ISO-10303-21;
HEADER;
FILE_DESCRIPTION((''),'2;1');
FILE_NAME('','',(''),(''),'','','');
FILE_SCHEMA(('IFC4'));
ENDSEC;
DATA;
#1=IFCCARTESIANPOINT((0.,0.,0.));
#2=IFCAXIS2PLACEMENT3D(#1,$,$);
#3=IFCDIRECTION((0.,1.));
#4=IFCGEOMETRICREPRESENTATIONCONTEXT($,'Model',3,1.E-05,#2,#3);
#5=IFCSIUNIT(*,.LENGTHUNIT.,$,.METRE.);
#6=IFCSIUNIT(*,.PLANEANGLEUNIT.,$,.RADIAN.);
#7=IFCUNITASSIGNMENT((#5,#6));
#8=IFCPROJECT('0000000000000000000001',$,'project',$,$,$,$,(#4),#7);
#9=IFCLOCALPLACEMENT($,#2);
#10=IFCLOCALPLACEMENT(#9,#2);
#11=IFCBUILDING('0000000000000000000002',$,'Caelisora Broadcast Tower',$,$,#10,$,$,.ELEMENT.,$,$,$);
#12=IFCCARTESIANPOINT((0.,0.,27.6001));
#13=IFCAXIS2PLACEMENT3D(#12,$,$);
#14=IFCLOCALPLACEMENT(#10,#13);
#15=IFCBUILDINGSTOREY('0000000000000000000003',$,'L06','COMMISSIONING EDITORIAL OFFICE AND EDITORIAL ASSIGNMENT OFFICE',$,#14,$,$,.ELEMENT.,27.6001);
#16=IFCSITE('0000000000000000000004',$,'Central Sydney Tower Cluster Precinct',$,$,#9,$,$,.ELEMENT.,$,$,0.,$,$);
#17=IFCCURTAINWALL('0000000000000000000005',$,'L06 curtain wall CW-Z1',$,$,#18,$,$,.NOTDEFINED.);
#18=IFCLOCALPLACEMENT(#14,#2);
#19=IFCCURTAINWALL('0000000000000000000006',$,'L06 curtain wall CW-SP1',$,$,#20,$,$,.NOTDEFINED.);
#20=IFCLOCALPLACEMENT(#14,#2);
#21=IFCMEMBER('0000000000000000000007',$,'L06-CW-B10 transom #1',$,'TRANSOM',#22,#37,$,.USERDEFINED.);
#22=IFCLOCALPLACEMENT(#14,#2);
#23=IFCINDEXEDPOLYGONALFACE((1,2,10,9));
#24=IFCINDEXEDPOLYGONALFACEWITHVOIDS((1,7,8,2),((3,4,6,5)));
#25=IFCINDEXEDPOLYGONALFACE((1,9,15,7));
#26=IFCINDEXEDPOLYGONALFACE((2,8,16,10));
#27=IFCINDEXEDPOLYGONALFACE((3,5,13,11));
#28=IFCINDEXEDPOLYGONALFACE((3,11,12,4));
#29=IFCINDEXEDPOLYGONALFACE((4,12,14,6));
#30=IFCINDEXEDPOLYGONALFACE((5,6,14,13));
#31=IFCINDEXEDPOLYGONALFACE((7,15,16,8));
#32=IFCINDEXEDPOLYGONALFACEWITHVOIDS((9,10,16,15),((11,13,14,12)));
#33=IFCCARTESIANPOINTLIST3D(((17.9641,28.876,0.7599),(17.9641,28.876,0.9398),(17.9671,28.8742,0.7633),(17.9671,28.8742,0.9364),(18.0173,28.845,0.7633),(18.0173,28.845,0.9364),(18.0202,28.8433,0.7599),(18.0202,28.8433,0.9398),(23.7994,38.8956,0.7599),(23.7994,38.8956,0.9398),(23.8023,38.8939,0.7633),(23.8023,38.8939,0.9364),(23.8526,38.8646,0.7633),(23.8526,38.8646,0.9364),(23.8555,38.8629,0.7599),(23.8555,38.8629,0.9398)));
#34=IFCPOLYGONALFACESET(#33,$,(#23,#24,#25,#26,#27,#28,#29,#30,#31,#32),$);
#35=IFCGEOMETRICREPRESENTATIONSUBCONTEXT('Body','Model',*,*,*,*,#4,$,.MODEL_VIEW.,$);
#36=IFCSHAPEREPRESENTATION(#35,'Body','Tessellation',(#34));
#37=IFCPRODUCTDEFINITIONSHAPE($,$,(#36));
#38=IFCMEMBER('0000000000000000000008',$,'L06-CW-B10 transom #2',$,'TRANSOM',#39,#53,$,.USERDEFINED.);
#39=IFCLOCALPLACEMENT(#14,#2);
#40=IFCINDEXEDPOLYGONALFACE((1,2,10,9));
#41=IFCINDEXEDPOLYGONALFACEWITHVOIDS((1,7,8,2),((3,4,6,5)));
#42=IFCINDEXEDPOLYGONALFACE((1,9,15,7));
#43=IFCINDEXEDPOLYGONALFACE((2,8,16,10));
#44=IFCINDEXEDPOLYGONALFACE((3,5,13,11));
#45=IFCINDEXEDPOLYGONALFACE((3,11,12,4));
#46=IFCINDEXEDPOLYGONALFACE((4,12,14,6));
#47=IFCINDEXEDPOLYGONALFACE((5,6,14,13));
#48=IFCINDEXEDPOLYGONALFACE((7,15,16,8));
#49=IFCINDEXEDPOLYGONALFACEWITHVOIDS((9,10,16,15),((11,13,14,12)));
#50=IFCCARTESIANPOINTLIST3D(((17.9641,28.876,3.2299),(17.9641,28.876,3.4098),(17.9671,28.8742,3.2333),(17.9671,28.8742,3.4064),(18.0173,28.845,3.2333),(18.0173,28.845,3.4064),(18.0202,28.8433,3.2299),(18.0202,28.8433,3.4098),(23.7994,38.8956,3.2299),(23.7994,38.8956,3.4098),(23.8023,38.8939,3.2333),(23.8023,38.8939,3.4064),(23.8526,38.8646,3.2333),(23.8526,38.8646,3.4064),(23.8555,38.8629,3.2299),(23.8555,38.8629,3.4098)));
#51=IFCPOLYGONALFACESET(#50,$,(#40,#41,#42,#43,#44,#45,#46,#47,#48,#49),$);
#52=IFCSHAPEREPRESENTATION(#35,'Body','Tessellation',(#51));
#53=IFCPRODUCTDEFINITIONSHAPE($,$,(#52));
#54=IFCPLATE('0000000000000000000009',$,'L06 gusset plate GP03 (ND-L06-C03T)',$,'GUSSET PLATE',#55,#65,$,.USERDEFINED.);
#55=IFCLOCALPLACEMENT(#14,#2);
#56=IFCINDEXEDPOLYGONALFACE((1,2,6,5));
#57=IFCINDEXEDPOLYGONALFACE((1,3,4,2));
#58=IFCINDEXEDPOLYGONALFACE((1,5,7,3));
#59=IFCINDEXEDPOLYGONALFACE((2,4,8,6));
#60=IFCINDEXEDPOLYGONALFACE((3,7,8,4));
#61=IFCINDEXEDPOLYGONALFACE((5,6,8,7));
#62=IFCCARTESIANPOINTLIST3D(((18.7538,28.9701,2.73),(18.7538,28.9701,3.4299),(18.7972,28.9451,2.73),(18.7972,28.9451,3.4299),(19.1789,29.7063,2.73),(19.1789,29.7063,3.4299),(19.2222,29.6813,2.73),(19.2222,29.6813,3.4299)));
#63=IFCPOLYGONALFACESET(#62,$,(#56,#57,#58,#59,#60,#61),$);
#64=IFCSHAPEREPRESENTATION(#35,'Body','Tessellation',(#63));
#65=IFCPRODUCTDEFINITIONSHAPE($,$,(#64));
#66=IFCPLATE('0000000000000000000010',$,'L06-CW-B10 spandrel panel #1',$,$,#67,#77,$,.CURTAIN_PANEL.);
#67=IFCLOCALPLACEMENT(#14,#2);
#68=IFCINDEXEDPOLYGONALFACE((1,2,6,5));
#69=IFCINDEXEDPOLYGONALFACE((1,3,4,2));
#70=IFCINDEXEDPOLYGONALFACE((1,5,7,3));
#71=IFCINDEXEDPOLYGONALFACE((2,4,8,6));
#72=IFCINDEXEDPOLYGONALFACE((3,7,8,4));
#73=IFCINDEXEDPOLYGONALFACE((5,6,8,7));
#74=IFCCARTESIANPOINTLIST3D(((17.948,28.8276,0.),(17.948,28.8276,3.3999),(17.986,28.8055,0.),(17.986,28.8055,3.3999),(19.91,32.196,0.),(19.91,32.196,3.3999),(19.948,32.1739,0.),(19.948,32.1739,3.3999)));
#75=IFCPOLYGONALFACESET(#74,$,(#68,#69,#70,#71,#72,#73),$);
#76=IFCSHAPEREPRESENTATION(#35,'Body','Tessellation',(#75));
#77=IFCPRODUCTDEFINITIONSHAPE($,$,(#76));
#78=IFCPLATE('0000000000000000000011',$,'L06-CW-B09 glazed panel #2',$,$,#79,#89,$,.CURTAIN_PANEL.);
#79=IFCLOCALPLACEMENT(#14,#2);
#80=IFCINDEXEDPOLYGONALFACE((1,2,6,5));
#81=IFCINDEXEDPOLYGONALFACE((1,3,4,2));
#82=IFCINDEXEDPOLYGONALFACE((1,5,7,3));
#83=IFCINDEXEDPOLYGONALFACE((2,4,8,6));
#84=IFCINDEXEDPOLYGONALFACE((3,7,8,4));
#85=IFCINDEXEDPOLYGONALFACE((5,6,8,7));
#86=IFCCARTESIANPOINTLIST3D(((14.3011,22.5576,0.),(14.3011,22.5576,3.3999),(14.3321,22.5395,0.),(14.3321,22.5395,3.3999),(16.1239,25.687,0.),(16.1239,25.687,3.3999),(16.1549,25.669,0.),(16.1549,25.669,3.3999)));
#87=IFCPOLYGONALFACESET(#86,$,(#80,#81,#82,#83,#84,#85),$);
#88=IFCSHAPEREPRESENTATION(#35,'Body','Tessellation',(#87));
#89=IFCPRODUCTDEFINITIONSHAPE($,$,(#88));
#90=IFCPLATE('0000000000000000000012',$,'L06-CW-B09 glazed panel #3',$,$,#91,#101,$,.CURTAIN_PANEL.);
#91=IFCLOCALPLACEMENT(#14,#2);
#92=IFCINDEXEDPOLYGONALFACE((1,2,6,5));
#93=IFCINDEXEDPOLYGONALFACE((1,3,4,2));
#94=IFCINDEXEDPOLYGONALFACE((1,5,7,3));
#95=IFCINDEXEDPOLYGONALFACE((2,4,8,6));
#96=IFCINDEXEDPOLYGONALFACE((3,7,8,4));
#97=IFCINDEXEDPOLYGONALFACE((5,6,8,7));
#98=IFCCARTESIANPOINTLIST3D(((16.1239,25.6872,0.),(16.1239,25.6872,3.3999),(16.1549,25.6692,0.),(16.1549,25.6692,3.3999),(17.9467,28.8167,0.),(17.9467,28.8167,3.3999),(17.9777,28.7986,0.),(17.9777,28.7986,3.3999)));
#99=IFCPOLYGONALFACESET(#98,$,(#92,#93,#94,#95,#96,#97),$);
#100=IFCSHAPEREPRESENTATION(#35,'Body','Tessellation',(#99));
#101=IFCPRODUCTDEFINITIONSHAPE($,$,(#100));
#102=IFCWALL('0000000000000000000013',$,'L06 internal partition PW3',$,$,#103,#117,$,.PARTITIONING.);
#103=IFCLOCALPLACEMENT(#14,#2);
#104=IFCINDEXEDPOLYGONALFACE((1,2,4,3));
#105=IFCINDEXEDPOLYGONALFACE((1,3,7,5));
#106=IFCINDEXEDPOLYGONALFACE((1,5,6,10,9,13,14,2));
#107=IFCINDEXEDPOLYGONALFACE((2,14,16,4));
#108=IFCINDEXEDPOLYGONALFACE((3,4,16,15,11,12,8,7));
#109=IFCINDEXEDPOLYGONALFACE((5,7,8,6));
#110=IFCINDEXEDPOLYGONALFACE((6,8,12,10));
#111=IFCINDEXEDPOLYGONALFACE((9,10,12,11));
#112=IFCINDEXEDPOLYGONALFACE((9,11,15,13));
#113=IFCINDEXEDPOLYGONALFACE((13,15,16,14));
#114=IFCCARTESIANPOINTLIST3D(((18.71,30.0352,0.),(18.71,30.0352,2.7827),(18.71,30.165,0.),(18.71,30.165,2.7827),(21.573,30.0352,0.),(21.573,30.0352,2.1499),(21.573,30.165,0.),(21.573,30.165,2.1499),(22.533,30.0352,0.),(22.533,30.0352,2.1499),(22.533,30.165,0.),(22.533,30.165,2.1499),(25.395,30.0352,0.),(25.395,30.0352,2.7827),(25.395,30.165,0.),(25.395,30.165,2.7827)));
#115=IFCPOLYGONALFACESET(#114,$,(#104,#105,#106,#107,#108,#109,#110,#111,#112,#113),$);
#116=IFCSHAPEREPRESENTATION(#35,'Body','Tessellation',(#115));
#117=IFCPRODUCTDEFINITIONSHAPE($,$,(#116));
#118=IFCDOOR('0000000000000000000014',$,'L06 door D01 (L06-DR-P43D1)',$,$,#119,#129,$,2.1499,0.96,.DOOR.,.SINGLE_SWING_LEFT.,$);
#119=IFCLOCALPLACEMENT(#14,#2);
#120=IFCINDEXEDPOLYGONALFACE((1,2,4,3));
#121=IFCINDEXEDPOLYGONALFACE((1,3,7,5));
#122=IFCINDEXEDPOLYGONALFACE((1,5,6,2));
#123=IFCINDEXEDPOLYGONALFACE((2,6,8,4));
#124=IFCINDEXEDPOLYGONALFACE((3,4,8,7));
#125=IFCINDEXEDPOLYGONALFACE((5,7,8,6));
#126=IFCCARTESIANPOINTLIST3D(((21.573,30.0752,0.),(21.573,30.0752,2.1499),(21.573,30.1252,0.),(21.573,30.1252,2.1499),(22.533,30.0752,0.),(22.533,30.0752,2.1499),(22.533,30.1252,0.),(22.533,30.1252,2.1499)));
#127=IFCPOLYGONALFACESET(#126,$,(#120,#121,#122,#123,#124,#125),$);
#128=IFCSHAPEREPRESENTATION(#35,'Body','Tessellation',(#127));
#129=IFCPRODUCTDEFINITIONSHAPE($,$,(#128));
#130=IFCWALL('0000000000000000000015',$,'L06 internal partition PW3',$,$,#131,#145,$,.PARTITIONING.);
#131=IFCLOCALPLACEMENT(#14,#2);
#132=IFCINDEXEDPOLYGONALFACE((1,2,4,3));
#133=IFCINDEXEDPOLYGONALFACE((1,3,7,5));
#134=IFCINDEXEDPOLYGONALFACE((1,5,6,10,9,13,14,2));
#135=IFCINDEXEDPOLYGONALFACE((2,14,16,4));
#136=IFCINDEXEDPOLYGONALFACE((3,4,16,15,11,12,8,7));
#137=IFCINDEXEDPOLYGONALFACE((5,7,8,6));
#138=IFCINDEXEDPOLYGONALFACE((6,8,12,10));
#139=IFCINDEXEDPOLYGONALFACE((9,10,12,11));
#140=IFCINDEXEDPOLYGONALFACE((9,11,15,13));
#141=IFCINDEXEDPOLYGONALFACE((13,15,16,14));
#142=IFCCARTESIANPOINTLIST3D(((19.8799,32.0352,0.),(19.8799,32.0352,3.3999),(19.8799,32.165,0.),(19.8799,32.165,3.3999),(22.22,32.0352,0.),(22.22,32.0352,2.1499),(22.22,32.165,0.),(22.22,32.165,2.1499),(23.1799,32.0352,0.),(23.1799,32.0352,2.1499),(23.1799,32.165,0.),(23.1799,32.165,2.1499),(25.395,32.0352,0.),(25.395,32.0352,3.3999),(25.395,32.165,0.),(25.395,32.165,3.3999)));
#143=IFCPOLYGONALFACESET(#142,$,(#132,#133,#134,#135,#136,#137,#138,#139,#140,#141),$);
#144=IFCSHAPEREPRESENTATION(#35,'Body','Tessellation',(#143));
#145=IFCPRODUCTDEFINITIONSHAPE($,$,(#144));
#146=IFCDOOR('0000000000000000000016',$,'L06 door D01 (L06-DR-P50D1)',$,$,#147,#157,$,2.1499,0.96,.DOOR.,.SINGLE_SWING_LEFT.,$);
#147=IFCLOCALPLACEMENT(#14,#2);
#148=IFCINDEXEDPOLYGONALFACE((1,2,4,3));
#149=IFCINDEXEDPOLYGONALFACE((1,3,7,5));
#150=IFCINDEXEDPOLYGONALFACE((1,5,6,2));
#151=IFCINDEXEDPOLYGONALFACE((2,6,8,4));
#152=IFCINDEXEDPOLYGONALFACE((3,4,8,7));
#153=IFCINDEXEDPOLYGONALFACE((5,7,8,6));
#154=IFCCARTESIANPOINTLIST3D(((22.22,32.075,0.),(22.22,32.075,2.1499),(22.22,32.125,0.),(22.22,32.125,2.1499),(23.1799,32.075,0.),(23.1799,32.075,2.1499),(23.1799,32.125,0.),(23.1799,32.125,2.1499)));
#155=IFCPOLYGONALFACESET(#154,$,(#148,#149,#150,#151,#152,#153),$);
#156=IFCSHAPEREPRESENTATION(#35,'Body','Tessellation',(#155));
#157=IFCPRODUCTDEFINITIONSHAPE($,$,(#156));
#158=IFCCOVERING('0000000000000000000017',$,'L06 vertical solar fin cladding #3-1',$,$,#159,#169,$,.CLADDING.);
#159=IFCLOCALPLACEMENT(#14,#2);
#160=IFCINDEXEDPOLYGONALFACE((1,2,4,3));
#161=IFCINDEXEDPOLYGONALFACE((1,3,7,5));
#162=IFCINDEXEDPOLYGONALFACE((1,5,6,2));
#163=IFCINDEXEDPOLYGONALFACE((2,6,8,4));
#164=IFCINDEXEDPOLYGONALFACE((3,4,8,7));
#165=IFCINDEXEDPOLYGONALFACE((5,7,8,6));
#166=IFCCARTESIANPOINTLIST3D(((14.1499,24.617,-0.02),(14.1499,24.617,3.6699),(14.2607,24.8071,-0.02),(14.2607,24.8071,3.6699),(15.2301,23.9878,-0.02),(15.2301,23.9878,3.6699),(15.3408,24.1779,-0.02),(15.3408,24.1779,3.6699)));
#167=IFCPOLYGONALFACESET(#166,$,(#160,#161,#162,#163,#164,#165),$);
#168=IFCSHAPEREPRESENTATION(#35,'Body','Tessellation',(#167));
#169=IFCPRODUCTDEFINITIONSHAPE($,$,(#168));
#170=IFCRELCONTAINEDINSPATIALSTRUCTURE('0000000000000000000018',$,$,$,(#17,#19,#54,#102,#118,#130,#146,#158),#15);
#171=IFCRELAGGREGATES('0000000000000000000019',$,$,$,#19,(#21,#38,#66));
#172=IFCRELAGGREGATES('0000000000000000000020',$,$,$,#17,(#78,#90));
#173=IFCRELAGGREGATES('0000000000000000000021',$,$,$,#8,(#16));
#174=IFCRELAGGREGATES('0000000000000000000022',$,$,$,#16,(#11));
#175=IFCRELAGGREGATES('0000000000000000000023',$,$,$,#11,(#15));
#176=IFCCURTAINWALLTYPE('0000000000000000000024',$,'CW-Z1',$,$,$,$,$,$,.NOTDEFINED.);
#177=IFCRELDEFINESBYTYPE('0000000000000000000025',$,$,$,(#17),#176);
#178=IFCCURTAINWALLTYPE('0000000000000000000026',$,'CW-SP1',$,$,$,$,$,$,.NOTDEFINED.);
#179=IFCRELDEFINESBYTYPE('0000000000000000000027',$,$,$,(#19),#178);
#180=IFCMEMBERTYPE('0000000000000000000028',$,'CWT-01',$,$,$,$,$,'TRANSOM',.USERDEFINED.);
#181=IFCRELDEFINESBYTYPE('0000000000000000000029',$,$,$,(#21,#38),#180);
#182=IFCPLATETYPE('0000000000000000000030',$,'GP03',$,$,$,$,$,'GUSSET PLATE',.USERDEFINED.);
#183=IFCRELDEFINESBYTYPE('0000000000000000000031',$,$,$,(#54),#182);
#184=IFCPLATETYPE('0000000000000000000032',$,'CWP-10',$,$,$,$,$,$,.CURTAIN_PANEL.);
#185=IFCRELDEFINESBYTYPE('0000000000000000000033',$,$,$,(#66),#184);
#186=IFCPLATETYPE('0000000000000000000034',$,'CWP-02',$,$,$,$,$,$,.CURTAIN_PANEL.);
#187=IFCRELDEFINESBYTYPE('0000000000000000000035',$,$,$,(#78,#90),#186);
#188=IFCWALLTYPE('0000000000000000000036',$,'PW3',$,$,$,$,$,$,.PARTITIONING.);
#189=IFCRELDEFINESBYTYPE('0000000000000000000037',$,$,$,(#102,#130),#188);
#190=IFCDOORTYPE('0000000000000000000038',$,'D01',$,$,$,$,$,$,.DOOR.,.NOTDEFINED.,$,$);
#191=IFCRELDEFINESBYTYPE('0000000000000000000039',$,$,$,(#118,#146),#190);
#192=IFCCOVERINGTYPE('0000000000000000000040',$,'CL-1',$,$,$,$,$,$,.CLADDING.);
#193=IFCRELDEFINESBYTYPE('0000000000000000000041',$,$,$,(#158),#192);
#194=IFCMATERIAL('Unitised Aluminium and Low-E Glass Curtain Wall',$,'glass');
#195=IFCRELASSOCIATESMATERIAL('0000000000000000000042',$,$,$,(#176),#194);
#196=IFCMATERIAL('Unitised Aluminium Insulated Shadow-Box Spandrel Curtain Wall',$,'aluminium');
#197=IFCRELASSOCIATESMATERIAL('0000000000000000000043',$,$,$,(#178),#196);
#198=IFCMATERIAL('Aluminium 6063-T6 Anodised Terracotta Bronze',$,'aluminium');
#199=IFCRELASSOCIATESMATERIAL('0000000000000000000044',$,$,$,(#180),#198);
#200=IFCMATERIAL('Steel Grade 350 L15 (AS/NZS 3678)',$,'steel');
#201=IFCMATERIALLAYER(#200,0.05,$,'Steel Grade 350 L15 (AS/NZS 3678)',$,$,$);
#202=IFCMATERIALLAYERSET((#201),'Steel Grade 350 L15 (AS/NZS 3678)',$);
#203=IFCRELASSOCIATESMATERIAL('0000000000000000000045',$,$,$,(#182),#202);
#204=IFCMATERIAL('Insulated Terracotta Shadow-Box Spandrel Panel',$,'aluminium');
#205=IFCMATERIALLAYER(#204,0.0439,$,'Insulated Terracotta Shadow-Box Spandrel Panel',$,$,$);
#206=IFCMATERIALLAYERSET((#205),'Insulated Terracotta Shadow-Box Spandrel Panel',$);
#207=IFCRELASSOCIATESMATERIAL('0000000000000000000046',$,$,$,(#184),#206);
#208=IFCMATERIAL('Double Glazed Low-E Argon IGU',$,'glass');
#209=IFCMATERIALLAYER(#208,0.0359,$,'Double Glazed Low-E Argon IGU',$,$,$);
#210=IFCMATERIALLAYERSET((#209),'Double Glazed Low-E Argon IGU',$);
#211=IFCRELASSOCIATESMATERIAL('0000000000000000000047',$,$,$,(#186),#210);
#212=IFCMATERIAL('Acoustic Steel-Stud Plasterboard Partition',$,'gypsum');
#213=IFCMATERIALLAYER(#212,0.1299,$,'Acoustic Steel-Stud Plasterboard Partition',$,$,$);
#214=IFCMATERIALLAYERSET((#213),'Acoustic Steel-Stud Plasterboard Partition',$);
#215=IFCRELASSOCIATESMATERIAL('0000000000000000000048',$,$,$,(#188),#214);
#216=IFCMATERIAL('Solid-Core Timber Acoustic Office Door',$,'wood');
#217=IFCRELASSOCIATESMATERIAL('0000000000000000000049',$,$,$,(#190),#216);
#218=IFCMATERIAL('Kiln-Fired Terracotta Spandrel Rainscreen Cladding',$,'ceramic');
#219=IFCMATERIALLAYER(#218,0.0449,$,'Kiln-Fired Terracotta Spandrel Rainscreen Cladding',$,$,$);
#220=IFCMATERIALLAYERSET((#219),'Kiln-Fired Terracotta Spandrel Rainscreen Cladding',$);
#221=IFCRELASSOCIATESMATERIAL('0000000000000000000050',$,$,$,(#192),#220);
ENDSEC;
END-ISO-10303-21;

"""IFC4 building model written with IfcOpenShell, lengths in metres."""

from ifc_helpers import new_model, si_unit, direction, frame, frame_2d, origin, origin_2d, place, context, subcontext, project, spatial, rectangle, hollow_rectangle, extrude, source, transform, mapped, material, layer, layer_set, material_profile, profile_set, type_object, type_shapes, element, fill, aggregate, save


model = new_model("IFC4")

# Units and contexts
model_context = context("Model", 3, precision=1e-05, world=origin(), true_north=direction((0.0, 1.0)))
body_context = subcontext(model_context, "Body", "Model", "MODEL_VIEW")
ifc_project = project(units=[si_unit("LENGTHUNIT", "METRE"), si_unit("PLANEANGLEUNIT", "RADIAN")], contexts=[model_context])

# Site, building, storey
site_placement = place(None, origin())
site = spatial("IfcSite", under=ifc_project, at=site_placement, Name="Central Sydney Tower Cluster Precinct", CompositionType="ELEMENT", RefElevation=0.0)
building_placement = place(site_placement, origin())
building = spatial("IfcBuilding", under=site, at=building_placement, Name="Caelisora Broadcast Tower", CompositionType="ELEMENT")
storey_placement = place(building_placement, frame((0.0, 0.0, 27.6001)))
storey = spatial("IfcBuildingStorey", under=building, at=storey_placement, Name="L06", Description="COMMISSIONING EDITORIAL OFFICE AND EDITORIAL ASSIGNMENT OFFICE", CompositionType="ELEMENT", Elevation=27.6001)

# Shared definitions
ifc_material_1 = material(Name="Steel Grade 350 L15 (AS/NZS 3678)", Category="steel")

# Curtain walls, members
ifc_material_2 = material(Name="Unitised Aluminium and Low-E Glass Curtain Wall", Category="glass")
curtain_wall_type_1 = type_object("IfcCurtainWallType", Name="CW-Z1", PredefinedType="NOTDEFINED", material=ifc_material_2)
curtain_wall_1_placement = place(storey_placement, origin())
curtain_wall_1 = element("IfcCurtainWall", 1, at=curtain_wall_1_placement, inside=storey, type_object=curtain_wall_type_1, Name="L06 curtain wall CW-Z1", PredefinedType="NOTDEFINED")
ifc_material_3 = material(Name="Aluminium 6063-T6 Anodised Terracotta Bronze", Category="aluminium")
ifc_material_4 = material(Name="Unitised Aluminium Insulated Shadow-Box Spandrel Curtain Wall", Category="aluminium")
curtain_wall_type_2 = type_object("IfcCurtainWallType", Name="CW-SP1", PredefinedType="NOTDEFINED", material=ifc_material_4)
curtain_wall_2_placement = place(storey_placement, origin())
curtain_wall_2 = element("IfcCurtainWall", 2, at=curtain_wall_2_placement, inside=storey, type_object=curtain_wall_type_2, Name="L06 curtain wall CW-SP1", PredefinedType="NOTDEFINED")
ifc_material_profile_1 = material_profile(ifc_material_3, hollow_rectangle(XDim=0.0649, YDim=0.1799, WallThickness=0.0034, at=origin_2d()), Name="Aluminium 6063-T6 Anodised Terracotta Bronze")
ifc_profile_set_1 = profile_set([ifc_material_profile_1], Name="Aluminium 6063-T6 Anodised Terracotta Bronze")
member_type_1 = type_object("IfcMemberType", Name="CWT-01", ElementType="TRANSOM", PredefinedType="USERDEFINED", material=ifc_profile_set_1)
shared_shape_1 = source(origin(), body_context, "Body", "SweptSolid", [
    extrude(hollow_rectangle(XDim=0.0649, YDim=0.1799, WallThickness=0.0034, at=origin_2d()), origin(), (0.0, 0.0, 1.0), 11.595),
])
type_shapes(member_type_1, [shared_shape_1])
member_1_placement = place(storey_placement, frame((17.9922, 28.8596, 0.8499), z_axis=(0.503258, 0.864136, 0.0), x_axis=(-0.864136, 0.503258, 0.0)))
member_1 = element("IfcMember", 3, at=member_1_placement, type_object=member_type_1, Name="L06-CW-B10 transom #1", ObjectType="TRANSOM", PredefinedType="USERDEFINED", context=body_context, shape_type="MappedRepresentation", body=[
    mapped(shared_shape_1, transform((0.0, 0.0, 0.0), scale=1.0)),
])
member_2_placement = place(storey_placement, frame((17.9922, 28.8596, 3.3198), z_axis=(0.503258, 0.864136, 0.0), x_axis=(-0.864136, 0.503258, 0.0)))
member_2 = element("IfcMember", 4, at=member_2_placement, type_object=member_type_1, Name="L06-CW-B10 transom #2", ObjectType="TRANSOM", PredefinedType="USERDEFINED", context=body_context, shape_type="MappedRepresentation", body=[
    mapped(shared_shape_1, transform((0.0, 0.0, 0.0), scale=1.0)),
])

# Plates
ifc_layer_1 = layer(ifc_material_1, 0.05, Name="Steel Grade 350 L15 (AS/NZS 3678)")
ifc_layer_set_1 = layer_set([ifc_layer_1], Name="Steel Grade 350 L15 (AS/NZS 3678)")
plate_type_1 = type_object("IfcPlateType", Name="GP03", ElementType="GUSSET PLATE", PredefinedType="USERDEFINED", material=ifc_layer_set_1)
shared_shape_2 = source(origin(), body_context, "Body", "SweptSolid", [
    extrude(rectangle(XDim=0.8501, YDim=0.05, at=origin_2d()), origin(), (0.0, 0.0, 1.0), 0.7),
])
type_shapes(plate_type_1, [shared_shape_2])
plate_1_placement = place(storey_placement, frame((18.988, 29.3257, 2.73), z_axis=(0.0, 0.0, 1.0), x_axis=(-0.5, -0.866025, 0.0)))
element("IfcPlate", 5, at=plate_1_placement, inside=storey, type_object=plate_type_1, Name="L06 gusset plate GP03 (ND-L06-C03T)", ObjectType="GUSSET PLATE", PredefinedType="USERDEFINED", context=body_context, shape_type="MappedRepresentation", body=[
    mapped(shared_shape_2, transform((0.0, 0.0, 0.0), scale=1.0)),
])
ifc_material_5 = material(Name="Insulated Terracotta Shadow-Box Spandrel Panel", Category="aluminium")
ifc_layer_2 = layer(ifc_material_5, 0.0439, Name="Insulated Terracotta Shadow-Box Spandrel Panel")
ifc_layer_set_2 = layer_set([ifc_layer_2], Name="Insulated Terracotta Shadow-Box Spandrel Panel")
plate_type_2 = type_object("IfcPlateType", Name="CWP-10", PredefinedType="CURTAIN_PANEL", material=ifc_layer_set_2)
shared_shape_3 = source(origin(), body_context, "Body", "SweptSolid", [
    extrude(rectangle(XDim=3.8982, YDim=0.0439, at=origin_2d()), origin(), (0.0, 0.0, 1.0), 3.3999),
])
type_shapes(plate_type_2, [shared_shape_3])
plate_2_placement = place(storey_placement, frame((18.948, 30.5007, 0.0), z_axis=(0.0, 0.0, 1.0), x_axis=(0.503322, 0.864099, 0.0)))
plate_2 = element("IfcPlate", 6, at=plate_2_placement, type_object=plate_type_2, Name="L06-CW-B10 spandrel panel #1", PredefinedType="CURTAIN_PANEL", context=body_context, shape_type="MappedRepresentation", body=[
    mapped(shared_shape_3, transform((0.0, 0.0, 0.0), scale=1.0)),
])
aggregate(curtain_wall_2, [member_1, member_2, plate_2])
ifc_material_6 = material(Name="Double Glazed Low-E Argon IGU", Category="glass")
ifc_layer_3 = layer(ifc_material_6, 0.0359, Name="Double Glazed Low-E Argon IGU")
ifc_layer_set_3 = layer_set([ifc_layer_3], Name="Double Glazed Low-E Argon IGU")
plate_type_3 = type_object("IfcPlateType", Name="CWP-02", PredefinedType="CURTAIN_PANEL", material=ifc_layer_set_3)
shared_shape_4 = source(origin(), body_context, "Body", "SweptSolid", [
    extrude(rectangle(XDim=3.6216, YDim=0.0359, at=origin_2d()), origin(), (0.0, 0.0, 1.0), 3.3999),
])
type_shapes(plate_type_3, [shared_shape_4])
plate_3_placement = place(storey_placement, frame((15.228, 24.1133, 0.0), z_axis=(0.0, 0.0, 1.0), x_axis=(0.503322, 0.864099, 0.0)))
plate_3 = element("IfcPlate", 7, at=plate_3_placement, type_object=plate_type_3, Name="L06-CW-B09 glazed panel #2", PredefinedType="CURTAIN_PANEL", context=body_context, shape_type="MappedRepresentation", body=[
    mapped(shared_shape_4, transform((0.0, 0.0, 0.0), scale=1.0)),
])
plate_4_placement = place(storey_placement, frame((17.0508, 27.2429, 0.0), z_axis=(0.0, 0.0, 1.0), x_axis=(0.503322, 0.864099, 0.0)))
plate_4 = element("IfcPlate", 8, at=plate_4_placement, type_object=plate_type_3, Name="L06-CW-B09 glazed panel #3", PredefinedType="CURTAIN_PANEL", context=body_context, shape_type="MappedRepresentation", body=[
    mapped(shared_shape_4, transform((0.0, 0.0, 0.0), scale=1.0)),
])
aggregate(curtain_wall_1, [plate_3, plate_4])

# Walls, openings, doors
ifc_material_7 = material(Name="Acoustic Steel-Stud Plasterboard Partition", Category="gypsum")
ifc_layer_4 = layer(ifc_material_7, 0.1299, Name="Acoustic Steel-Stud Plasterboard Partition")
ifc_layer_set_4 = layer_set([ifc_layer_4], Name="Acoustic Steel-Stud Plasterboard Partition")
wall_type = type_object("IfcWallType", Name="PW3", PredefinedType="PARTITIONING", material=ifc_layer_set_4)
wall_1_placement = place(storey_placement, frame((25.395, 30.1001, 0.0), z_axis=(0.0, 0.0, 1.0), x_axis=(-1.0, 0.0, 0.0)))
wall_1 = element("IfcWall", 9, at=wall_1_placement, inside=storey, type_object=wall_type, Name="L06 internal partition PW3", PredefinedType="PARTITIONING", context=body_context, shape_type="SweptSolid", body=[
    extrude(rectangle(XDim=6.6851, YDim=0.1299, at=frame_2d((3.3425, 0.0))), origin(), (0.0, 0.0, 1.0), 2.7827),
])
opening_1_placement = place(wall_1_placement, frame((2.8621, 0.0, 0.0)))
opening_1 = element("IfcOpeningElement", 10, at=opening_1_placement, cuts=wall_1, PredefinedType="OPENING", context=body_context, shape_type="SweptSolid", body=[
    extrude(rectangle(XDim=0.96, YDim=2.1499, at=frame_2d((0.48, 1.075))), frame((0.0, 0.0769, 0.0), z_axis=(0.0, -1.0, 0.0), x_axis=(1.0, 0.0, 0.0)), (0.0, 0.0, 1.0), 0.1538),
])
ifc_material_8 = material(Name="Solid-Core Timber Acoustic Office Door", Category="wood")
door_type = type_object("IfcDoorType", Name="D01", OperationType="NOTDEFINED", PredefinedType="DOOR", material=ifc_material_8)
door_1_placement = place(opening_1_placement, origin())
door_1 = element("IfcDoor", 11, at=door_1_placement, inside=storey, type_object=door_type, Name="L06 door D01 (L06-DR-P43D1)", OperationType="SINGLE_SWING_LEFT", OverallHeight=2.1499, OverallWidth=0.96, PredefinedType="DOOR", context=body_context, shape_type="SweptSolid", body=[
    extrude(rectangle(XDim=0.96, YDim=2.1499, at=frame_2d((0.48, 1.075))), frame((0.0, 0.0249, 0.0), z_axis=(0.0, -1.0, 0.0), x_axis=(1.0, 0.0, 0.0)), (0.0, 0.0, 1.0), 0.05),
])
fill(opening_1, door_1)
wall_2_placement = place(storey_placement, frame((19.8799, 32.1001, 0.0), z_axis=(0.0, 0.0, 1.0), x_axis=(1.0, 0.0, 0.0)))
wall_2 = element("IfcWall", 12, at=wall_2_placement, inside=storey, type_object=wall_type, Name="L06 internal partition PW3", PredefinedType="PARTITIONING", context=body_context, shape_type="SweptSolid", body=[
    extrude(rectangle(XDim=5.5151, YDim=0.1299, at=frame_2d((2.7576, 0.0))), origin(), (0.0, 0.0, 1.0), 3.3999),
])
opening_2_placement = place(wall_2_placement, frame((2.3401, 0.0, 0.0)))
opening_2 = element("IfcOpeningElement", 13, at=opening_2_placement, cuts=wall_2, PredefinedType="OPENING", context=body_context, shape_type="SweptSolid", body=[
    extrude(rectangle(XDim=0.96, YDim=2.1499, at=frame_2d((0.48, 1.075))), frame((0.0, 0.0769, 0.0), z_axis=(0.0, -1.0, 0.0), x_axis=(1.0, 0.0, 0.0)), (0.0, 0.0, 1.0), 0.1538),
])
door_2_placement = place(opening_2_placement, origin())
door_2 = element("IfcDoor", 14, at=door_2_placement, inside=storey, type_object=door_type, Name="L06 door D01 (L06-DR-P50D1)", OperationType="SINGLE_SWING_LEFT", OverallHeight=2.1499, OverallWidth=0.96, PredefinedType="DOOR", context=body_context, shape_type="SweptSolid", body=[
    extrude(rectangle(XDim=0.96, YDim=2.1499, at=frame_2d((0.48, 1.075))), frame((0.0, 0.0249, 0.0), z_axis=(0.0, -1.0, 0.0), x_axis=(1.0, 0.0, 0.0)), (0.0, 0.0, 1.0), 0.05),
])
fill(opening_2, door_2)

# Covering
ifc_material_9 = material(Name="Kiln-Fired Terracotta Spandrel Rainscreen Cladding", Category="ceramic")
ifc_layer_5 = layer(ifc_material_9, 0.0449, Name="Kiln-Fired Terracotta Spandrel Rainscreen Cladding")
ifc_layer_set_5 = layer_set([ifc_layer_5], Name="Kiln-Fired Terracotta Spandrel Rainscreen Cladding")
covering_type = type_object("IfcCoveringType", Name="CL-1", PredefinedType="CLADDING", material=ifc_layer_set_5)
shared_shape_5 = source(origin(), body_context, "Body", "SweptSolid", [
    extrude(rectangle(XDim=0.22, YDim=1.25, at=origin_2d()), origin(), (0.0, 0.0, 1.0), 3.6899),
])
type_shapes(covering_type, [shared_shape_5])
for number, where, z_axis, x_axis, name in (
    (15, (14.7454, 24.3975, -0.02), (0.0, 0.0, 1.0), (0.503322, 0.864099, 0.0), "L06 vertical solar fin cladding #3-1"),
):
    element("IfcCovering", number, at=place(storey_placement, frame(where, z_axis=z_axis, x_axis=x_axis)), inside=storey, type_object=covering_type, Name=name, PredefinedType="CLADDING", context=body_context, shape_type="MappedRepresentation", body=[
        mapped(shared_shape_5, transform((0.0, 0.0, 0.0), scale=1.0)),
    ])

save(model, "model.ifc")
